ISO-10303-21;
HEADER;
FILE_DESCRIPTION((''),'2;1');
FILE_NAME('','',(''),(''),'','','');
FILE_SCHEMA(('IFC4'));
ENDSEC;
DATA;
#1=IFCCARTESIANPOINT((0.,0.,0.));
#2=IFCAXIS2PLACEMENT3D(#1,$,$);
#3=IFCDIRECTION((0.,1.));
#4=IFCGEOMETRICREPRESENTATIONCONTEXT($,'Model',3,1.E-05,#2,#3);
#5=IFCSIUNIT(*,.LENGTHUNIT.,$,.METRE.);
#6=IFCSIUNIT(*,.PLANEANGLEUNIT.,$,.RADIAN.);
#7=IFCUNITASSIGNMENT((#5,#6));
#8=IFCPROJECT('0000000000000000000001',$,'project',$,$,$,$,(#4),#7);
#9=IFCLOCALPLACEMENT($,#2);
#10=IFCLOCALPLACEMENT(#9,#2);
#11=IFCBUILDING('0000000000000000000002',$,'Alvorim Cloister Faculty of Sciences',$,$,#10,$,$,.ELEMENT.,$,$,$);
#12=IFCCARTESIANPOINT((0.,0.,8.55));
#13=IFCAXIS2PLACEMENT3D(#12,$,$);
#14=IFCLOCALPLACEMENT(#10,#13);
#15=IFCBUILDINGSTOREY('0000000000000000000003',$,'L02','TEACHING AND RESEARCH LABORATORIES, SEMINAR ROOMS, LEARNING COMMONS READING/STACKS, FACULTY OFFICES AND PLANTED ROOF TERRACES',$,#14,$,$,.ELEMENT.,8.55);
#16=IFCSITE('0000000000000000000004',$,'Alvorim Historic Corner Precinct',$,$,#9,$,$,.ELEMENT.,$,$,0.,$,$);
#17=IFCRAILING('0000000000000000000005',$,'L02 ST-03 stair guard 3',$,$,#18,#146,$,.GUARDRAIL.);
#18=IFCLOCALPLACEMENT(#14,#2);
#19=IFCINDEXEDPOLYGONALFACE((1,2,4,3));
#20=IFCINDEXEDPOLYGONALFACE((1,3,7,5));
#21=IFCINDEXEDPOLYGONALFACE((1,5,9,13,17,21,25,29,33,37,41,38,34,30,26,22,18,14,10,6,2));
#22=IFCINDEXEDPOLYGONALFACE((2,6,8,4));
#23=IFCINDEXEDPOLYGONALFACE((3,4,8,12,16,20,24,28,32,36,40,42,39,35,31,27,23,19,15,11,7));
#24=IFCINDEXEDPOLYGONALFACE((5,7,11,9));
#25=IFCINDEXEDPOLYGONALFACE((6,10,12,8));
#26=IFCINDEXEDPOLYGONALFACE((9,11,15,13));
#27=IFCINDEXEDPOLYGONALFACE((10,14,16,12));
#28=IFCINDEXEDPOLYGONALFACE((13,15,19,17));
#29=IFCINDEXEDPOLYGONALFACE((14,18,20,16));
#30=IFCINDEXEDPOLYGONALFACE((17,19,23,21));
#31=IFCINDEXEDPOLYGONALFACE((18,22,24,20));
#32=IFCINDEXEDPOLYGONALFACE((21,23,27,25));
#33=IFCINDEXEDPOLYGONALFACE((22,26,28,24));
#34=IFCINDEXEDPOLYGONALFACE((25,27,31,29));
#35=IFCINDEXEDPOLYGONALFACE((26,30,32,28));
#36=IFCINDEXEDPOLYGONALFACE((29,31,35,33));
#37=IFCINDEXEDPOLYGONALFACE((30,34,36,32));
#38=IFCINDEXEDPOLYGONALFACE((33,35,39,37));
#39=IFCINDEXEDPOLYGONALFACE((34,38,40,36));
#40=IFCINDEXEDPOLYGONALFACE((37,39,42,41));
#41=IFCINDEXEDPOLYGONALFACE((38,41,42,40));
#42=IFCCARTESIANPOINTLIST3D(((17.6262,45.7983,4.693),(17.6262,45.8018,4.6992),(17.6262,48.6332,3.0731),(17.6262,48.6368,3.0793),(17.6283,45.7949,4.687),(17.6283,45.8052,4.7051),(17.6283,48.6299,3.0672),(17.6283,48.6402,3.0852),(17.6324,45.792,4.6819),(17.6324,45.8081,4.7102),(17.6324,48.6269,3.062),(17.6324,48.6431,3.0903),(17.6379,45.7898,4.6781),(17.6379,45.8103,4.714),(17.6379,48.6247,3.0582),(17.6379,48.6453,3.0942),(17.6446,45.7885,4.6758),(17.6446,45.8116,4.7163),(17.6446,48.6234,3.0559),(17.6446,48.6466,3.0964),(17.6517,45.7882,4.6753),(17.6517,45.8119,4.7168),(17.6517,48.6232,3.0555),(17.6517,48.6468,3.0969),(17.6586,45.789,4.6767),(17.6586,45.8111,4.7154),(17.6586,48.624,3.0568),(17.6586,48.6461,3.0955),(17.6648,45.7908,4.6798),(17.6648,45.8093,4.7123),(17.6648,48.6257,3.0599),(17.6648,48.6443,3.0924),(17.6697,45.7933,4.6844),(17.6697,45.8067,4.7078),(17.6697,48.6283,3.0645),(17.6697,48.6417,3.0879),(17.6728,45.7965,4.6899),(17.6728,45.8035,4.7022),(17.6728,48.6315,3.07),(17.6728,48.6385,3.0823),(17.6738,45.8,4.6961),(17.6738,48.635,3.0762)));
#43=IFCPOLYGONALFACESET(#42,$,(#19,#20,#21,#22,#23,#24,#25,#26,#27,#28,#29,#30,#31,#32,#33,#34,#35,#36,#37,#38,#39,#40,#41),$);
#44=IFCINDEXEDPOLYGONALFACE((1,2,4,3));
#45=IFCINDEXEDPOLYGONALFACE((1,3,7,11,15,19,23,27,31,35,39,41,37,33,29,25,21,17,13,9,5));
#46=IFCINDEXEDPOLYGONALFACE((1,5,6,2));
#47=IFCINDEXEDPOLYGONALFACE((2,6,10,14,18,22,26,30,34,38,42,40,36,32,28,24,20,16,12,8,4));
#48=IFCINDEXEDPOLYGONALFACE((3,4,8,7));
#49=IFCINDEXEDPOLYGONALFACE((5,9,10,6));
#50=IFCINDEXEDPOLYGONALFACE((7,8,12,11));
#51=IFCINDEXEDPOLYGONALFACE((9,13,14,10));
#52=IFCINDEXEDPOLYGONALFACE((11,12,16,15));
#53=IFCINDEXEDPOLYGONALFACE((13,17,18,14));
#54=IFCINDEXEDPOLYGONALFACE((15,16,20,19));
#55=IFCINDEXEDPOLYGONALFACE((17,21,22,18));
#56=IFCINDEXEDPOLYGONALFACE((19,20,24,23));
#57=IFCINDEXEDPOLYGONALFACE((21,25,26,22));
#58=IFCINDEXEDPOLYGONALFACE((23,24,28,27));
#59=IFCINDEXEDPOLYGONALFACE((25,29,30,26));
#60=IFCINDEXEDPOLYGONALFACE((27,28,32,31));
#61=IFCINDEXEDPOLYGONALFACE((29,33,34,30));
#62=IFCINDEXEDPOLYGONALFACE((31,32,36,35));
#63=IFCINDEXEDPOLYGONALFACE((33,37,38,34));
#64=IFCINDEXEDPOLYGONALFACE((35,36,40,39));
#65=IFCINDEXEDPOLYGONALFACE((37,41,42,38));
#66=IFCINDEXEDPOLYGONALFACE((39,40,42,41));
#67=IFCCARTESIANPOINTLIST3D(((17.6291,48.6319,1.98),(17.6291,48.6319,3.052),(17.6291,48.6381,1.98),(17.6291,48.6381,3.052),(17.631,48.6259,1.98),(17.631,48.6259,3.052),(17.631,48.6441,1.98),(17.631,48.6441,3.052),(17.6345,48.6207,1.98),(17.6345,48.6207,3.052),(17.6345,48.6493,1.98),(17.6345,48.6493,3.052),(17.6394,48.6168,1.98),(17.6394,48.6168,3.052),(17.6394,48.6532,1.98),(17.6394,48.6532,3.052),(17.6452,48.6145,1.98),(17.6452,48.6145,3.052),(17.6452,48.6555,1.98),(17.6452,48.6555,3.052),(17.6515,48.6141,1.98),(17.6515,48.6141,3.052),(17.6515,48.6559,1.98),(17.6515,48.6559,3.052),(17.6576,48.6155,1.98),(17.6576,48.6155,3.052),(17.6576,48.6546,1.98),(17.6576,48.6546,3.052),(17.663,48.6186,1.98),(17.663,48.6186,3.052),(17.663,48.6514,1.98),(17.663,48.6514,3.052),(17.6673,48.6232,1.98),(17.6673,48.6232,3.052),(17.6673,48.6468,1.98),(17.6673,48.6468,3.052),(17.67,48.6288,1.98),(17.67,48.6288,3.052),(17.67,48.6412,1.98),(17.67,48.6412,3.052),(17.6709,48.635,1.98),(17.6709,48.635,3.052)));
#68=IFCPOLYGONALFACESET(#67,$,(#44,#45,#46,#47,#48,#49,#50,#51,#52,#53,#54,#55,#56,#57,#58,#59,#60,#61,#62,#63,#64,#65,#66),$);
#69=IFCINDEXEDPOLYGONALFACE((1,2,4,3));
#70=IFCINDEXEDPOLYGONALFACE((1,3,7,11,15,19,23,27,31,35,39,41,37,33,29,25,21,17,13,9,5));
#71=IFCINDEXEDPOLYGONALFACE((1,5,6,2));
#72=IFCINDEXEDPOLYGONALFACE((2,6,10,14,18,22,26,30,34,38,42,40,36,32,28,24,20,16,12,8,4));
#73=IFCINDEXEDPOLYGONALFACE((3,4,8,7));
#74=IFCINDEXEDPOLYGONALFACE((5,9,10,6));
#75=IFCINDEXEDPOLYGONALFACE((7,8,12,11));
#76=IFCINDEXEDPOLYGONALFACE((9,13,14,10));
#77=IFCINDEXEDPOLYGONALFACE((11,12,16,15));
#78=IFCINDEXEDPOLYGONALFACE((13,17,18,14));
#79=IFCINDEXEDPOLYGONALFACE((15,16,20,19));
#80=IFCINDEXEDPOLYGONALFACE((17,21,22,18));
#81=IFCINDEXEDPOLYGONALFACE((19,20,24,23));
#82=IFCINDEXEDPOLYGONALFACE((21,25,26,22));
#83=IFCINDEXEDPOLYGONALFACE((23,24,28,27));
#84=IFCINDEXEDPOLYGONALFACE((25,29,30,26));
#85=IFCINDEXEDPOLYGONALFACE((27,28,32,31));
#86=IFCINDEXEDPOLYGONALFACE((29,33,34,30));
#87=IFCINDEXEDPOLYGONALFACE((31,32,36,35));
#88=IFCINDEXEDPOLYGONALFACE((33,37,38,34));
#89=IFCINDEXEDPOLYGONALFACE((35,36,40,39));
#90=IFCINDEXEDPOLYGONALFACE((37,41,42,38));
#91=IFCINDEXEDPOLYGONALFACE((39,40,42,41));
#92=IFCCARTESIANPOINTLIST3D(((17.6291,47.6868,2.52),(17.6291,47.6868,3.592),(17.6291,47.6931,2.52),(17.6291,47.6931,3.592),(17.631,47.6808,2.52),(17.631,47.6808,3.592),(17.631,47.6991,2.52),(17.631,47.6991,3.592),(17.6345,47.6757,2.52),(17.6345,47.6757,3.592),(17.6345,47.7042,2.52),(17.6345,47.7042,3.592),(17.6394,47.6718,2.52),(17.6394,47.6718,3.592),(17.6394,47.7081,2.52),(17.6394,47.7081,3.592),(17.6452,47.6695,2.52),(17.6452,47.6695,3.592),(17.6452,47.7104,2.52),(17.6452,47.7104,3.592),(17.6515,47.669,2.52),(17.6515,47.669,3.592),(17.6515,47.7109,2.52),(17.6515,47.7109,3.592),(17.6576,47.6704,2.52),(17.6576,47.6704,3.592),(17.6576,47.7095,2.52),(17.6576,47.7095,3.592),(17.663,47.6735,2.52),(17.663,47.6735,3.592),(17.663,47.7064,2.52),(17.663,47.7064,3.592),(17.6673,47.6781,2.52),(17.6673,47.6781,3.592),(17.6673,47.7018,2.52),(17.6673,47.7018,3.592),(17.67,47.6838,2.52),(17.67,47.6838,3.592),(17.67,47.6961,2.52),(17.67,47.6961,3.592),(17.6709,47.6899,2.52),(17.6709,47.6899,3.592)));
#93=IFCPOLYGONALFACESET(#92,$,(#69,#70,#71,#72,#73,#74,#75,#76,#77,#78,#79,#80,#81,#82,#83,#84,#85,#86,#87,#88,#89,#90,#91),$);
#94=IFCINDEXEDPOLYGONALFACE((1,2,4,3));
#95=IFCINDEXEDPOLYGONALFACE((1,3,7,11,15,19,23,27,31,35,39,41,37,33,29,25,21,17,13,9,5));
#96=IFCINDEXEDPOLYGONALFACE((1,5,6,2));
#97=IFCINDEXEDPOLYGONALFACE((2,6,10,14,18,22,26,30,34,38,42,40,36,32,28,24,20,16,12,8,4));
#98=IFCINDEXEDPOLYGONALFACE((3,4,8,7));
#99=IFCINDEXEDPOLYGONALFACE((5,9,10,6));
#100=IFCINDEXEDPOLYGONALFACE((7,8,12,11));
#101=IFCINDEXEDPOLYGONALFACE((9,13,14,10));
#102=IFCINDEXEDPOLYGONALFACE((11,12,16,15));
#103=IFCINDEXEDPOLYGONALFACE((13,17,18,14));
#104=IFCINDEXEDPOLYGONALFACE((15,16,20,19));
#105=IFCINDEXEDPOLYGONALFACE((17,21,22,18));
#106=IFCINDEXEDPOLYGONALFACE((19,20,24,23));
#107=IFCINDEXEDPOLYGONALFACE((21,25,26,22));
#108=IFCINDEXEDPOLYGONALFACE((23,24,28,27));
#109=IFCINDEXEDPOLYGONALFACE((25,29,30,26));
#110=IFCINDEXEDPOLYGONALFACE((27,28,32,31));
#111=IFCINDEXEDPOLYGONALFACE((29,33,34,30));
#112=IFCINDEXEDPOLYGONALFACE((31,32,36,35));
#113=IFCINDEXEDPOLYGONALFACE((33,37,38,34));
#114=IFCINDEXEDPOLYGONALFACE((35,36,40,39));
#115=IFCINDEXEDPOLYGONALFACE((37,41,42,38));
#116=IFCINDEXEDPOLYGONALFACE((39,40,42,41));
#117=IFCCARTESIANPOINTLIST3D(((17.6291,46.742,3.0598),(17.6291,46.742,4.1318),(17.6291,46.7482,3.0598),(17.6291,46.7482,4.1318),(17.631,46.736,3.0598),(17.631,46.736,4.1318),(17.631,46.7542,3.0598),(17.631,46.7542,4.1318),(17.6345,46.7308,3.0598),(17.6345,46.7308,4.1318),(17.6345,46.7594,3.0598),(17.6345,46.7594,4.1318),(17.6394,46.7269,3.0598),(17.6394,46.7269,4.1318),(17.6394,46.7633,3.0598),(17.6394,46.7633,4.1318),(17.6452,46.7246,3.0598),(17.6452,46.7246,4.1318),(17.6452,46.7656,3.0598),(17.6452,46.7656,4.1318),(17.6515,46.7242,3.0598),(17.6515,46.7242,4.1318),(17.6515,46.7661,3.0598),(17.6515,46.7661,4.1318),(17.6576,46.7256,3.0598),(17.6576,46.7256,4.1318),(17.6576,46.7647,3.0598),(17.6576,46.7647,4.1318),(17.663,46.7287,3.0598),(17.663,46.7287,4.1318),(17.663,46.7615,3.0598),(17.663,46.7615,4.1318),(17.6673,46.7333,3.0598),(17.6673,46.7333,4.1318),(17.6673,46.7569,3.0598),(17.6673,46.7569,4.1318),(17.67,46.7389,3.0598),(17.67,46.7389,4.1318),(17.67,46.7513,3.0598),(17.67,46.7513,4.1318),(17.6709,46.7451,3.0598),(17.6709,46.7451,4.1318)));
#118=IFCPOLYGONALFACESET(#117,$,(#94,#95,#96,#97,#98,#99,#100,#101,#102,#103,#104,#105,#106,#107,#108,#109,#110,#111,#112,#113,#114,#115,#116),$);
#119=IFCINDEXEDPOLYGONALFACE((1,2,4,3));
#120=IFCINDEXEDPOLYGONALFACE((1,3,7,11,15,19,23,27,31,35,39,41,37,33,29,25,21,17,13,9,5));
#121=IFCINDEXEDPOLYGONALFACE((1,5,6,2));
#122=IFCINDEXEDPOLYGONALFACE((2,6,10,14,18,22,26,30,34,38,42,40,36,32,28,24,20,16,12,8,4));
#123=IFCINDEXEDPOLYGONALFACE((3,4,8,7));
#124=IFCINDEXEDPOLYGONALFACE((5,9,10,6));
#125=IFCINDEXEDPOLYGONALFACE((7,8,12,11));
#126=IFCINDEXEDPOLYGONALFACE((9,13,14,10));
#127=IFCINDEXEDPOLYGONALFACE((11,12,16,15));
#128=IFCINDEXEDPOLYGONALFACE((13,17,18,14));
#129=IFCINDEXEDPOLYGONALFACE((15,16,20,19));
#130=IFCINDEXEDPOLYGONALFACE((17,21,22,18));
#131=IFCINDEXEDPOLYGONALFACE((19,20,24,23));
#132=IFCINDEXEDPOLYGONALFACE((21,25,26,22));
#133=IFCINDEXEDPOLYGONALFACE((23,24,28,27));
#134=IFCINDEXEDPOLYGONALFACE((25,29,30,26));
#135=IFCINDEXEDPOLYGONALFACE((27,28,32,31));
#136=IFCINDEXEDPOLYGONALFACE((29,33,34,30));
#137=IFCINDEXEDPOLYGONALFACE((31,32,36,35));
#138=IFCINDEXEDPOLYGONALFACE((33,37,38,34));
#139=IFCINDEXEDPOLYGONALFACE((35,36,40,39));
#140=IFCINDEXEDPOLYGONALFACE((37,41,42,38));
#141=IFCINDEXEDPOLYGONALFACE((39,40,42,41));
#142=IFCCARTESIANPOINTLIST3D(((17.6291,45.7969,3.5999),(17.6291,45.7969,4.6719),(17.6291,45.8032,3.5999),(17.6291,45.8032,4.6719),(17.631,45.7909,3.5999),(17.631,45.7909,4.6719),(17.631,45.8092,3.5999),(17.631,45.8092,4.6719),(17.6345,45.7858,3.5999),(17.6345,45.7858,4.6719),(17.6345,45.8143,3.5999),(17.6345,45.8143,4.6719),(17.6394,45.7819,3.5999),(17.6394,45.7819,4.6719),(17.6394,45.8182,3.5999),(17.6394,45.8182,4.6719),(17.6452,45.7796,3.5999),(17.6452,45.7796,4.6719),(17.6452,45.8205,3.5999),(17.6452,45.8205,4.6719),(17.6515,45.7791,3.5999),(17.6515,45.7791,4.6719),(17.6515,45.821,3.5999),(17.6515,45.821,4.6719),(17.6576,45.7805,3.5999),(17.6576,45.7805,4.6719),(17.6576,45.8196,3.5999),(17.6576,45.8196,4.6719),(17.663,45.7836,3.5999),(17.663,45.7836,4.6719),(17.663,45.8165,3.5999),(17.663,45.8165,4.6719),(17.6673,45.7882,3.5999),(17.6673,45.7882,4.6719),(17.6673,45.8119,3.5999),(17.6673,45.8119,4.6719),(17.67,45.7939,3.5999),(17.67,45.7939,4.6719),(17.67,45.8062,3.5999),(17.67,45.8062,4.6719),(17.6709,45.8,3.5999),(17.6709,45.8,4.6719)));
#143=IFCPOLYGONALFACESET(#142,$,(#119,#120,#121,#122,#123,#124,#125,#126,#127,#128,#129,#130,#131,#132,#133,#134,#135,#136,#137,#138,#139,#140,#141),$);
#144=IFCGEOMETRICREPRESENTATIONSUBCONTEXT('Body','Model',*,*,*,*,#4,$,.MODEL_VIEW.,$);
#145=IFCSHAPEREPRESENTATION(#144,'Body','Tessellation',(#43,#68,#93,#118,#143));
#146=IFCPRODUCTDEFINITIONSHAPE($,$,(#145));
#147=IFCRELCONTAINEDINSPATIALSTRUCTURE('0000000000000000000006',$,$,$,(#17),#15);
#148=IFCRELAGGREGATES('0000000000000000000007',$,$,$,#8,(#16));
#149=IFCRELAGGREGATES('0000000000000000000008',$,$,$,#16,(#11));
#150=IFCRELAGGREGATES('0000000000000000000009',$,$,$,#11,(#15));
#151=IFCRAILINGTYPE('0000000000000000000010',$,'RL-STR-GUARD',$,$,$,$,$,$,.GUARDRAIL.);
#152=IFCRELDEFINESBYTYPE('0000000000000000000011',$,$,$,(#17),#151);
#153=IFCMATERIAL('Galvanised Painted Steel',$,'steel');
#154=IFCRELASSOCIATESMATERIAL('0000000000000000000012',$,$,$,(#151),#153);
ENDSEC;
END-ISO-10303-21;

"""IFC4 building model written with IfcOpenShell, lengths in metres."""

from ifc_helpers import new_model, si_unit, direction, frame, origin, origin_2d, place, context, subcontext, project, spatial, circle, extrude, material, type_object, element, save


model = new_model("IFC4")

# Units and contexts
model_context = context("Model", 3, precision=1e-05, world=origin(), true_north=direction((0.0, 1.0)))
body_context = subcontext(model_context, "Body", "Model", "MODEL_VIEW")
ifc_project = project(units=[si_unit("LENGTHUNIT", "METRE"), si_unit("PLANEANGLEUNIT", "RADIAN")], contexts=[model_context])

# Site, building, storey
site_placement = place(None, origin())
site = spatial("IfcSite", under=ifc_project, at=site_placement, Name="Alvorim Historic Corner Precinct", CompositionType="ELEMENT", RefElevation=0.0)
building_placement = place(site_placement, origin())
building = spatial("IfcBuilding", under=site, at=building_placement, Name="Alvorim Cloister Faculty of Sciences", CompositionType="ELEMENT")
storey_placement = place(building_placement, frame((0.0, 0.0, 8.55)))
storey = spatial("IfcBuildingStorey", under=building, at=storey_placement, Name="L02", Description="TEACHING AND RESEARCH LABORATORIES, SEMINAR ROOMS, LEARNING COMMONS READING/STACKS, FACULTY OFFICES AND PLANTED ROOF TERRACES", CompositionType="ELEMENT", Elevation=8.55)

# Railing
ifc_material_1 = material(Name="Galvanised Painted Steel", Category="steel")
railing_type_1 = type_object("IfcRailingType", Name="RL-STR-GUARD", PredefinedType="GUARDRAIL", material=ifc_material_1)
railing_1_placement = place(storey_placement, frame((17.6499, 48.635, 1.98)))
element("IfcRailing", 1, at=railing_1_placement, inside=storey, type_object=railing_type_1, Name="L02 ST-03 stair guard 3", PredefinedType="GUARDRAIL", context=body_context, shape_type="SweptSolid", body=[
    extrude(circle(Radius=0.0239, at=origin_2d()), frame((0.0, 0.0, 1.0962), z_axis=(0.0, -0.868257, 0.496115), x_axis=(1.0, 0.0, 0.0)), (0.0, 0.0, 1.0), 3.2651),
    extrude(circle(Radius=0.021, at=origin_2d()), origin(), (0.0, 0.0, 1.0), 1.072),
    extrude(circle(Radius=0.021, at=origin_2d()), frame((0.0, -0.9451, 0.54)), (0.0, 0.0, 1.0), 1.072),
    extrude(circle(Radius=0.021, at=origin_2d()), frame((0.0, -1.8899, 1.0798)), (0.0, 0.0, 1.0), 1.072),
    extrude(circle(Radius=0.021, at=origin_2d()), frame((0.0, -2.835, 1.6199)), (0.0, 0.0, 1.0), 1.072),
])

save(model, "model.ifc")
